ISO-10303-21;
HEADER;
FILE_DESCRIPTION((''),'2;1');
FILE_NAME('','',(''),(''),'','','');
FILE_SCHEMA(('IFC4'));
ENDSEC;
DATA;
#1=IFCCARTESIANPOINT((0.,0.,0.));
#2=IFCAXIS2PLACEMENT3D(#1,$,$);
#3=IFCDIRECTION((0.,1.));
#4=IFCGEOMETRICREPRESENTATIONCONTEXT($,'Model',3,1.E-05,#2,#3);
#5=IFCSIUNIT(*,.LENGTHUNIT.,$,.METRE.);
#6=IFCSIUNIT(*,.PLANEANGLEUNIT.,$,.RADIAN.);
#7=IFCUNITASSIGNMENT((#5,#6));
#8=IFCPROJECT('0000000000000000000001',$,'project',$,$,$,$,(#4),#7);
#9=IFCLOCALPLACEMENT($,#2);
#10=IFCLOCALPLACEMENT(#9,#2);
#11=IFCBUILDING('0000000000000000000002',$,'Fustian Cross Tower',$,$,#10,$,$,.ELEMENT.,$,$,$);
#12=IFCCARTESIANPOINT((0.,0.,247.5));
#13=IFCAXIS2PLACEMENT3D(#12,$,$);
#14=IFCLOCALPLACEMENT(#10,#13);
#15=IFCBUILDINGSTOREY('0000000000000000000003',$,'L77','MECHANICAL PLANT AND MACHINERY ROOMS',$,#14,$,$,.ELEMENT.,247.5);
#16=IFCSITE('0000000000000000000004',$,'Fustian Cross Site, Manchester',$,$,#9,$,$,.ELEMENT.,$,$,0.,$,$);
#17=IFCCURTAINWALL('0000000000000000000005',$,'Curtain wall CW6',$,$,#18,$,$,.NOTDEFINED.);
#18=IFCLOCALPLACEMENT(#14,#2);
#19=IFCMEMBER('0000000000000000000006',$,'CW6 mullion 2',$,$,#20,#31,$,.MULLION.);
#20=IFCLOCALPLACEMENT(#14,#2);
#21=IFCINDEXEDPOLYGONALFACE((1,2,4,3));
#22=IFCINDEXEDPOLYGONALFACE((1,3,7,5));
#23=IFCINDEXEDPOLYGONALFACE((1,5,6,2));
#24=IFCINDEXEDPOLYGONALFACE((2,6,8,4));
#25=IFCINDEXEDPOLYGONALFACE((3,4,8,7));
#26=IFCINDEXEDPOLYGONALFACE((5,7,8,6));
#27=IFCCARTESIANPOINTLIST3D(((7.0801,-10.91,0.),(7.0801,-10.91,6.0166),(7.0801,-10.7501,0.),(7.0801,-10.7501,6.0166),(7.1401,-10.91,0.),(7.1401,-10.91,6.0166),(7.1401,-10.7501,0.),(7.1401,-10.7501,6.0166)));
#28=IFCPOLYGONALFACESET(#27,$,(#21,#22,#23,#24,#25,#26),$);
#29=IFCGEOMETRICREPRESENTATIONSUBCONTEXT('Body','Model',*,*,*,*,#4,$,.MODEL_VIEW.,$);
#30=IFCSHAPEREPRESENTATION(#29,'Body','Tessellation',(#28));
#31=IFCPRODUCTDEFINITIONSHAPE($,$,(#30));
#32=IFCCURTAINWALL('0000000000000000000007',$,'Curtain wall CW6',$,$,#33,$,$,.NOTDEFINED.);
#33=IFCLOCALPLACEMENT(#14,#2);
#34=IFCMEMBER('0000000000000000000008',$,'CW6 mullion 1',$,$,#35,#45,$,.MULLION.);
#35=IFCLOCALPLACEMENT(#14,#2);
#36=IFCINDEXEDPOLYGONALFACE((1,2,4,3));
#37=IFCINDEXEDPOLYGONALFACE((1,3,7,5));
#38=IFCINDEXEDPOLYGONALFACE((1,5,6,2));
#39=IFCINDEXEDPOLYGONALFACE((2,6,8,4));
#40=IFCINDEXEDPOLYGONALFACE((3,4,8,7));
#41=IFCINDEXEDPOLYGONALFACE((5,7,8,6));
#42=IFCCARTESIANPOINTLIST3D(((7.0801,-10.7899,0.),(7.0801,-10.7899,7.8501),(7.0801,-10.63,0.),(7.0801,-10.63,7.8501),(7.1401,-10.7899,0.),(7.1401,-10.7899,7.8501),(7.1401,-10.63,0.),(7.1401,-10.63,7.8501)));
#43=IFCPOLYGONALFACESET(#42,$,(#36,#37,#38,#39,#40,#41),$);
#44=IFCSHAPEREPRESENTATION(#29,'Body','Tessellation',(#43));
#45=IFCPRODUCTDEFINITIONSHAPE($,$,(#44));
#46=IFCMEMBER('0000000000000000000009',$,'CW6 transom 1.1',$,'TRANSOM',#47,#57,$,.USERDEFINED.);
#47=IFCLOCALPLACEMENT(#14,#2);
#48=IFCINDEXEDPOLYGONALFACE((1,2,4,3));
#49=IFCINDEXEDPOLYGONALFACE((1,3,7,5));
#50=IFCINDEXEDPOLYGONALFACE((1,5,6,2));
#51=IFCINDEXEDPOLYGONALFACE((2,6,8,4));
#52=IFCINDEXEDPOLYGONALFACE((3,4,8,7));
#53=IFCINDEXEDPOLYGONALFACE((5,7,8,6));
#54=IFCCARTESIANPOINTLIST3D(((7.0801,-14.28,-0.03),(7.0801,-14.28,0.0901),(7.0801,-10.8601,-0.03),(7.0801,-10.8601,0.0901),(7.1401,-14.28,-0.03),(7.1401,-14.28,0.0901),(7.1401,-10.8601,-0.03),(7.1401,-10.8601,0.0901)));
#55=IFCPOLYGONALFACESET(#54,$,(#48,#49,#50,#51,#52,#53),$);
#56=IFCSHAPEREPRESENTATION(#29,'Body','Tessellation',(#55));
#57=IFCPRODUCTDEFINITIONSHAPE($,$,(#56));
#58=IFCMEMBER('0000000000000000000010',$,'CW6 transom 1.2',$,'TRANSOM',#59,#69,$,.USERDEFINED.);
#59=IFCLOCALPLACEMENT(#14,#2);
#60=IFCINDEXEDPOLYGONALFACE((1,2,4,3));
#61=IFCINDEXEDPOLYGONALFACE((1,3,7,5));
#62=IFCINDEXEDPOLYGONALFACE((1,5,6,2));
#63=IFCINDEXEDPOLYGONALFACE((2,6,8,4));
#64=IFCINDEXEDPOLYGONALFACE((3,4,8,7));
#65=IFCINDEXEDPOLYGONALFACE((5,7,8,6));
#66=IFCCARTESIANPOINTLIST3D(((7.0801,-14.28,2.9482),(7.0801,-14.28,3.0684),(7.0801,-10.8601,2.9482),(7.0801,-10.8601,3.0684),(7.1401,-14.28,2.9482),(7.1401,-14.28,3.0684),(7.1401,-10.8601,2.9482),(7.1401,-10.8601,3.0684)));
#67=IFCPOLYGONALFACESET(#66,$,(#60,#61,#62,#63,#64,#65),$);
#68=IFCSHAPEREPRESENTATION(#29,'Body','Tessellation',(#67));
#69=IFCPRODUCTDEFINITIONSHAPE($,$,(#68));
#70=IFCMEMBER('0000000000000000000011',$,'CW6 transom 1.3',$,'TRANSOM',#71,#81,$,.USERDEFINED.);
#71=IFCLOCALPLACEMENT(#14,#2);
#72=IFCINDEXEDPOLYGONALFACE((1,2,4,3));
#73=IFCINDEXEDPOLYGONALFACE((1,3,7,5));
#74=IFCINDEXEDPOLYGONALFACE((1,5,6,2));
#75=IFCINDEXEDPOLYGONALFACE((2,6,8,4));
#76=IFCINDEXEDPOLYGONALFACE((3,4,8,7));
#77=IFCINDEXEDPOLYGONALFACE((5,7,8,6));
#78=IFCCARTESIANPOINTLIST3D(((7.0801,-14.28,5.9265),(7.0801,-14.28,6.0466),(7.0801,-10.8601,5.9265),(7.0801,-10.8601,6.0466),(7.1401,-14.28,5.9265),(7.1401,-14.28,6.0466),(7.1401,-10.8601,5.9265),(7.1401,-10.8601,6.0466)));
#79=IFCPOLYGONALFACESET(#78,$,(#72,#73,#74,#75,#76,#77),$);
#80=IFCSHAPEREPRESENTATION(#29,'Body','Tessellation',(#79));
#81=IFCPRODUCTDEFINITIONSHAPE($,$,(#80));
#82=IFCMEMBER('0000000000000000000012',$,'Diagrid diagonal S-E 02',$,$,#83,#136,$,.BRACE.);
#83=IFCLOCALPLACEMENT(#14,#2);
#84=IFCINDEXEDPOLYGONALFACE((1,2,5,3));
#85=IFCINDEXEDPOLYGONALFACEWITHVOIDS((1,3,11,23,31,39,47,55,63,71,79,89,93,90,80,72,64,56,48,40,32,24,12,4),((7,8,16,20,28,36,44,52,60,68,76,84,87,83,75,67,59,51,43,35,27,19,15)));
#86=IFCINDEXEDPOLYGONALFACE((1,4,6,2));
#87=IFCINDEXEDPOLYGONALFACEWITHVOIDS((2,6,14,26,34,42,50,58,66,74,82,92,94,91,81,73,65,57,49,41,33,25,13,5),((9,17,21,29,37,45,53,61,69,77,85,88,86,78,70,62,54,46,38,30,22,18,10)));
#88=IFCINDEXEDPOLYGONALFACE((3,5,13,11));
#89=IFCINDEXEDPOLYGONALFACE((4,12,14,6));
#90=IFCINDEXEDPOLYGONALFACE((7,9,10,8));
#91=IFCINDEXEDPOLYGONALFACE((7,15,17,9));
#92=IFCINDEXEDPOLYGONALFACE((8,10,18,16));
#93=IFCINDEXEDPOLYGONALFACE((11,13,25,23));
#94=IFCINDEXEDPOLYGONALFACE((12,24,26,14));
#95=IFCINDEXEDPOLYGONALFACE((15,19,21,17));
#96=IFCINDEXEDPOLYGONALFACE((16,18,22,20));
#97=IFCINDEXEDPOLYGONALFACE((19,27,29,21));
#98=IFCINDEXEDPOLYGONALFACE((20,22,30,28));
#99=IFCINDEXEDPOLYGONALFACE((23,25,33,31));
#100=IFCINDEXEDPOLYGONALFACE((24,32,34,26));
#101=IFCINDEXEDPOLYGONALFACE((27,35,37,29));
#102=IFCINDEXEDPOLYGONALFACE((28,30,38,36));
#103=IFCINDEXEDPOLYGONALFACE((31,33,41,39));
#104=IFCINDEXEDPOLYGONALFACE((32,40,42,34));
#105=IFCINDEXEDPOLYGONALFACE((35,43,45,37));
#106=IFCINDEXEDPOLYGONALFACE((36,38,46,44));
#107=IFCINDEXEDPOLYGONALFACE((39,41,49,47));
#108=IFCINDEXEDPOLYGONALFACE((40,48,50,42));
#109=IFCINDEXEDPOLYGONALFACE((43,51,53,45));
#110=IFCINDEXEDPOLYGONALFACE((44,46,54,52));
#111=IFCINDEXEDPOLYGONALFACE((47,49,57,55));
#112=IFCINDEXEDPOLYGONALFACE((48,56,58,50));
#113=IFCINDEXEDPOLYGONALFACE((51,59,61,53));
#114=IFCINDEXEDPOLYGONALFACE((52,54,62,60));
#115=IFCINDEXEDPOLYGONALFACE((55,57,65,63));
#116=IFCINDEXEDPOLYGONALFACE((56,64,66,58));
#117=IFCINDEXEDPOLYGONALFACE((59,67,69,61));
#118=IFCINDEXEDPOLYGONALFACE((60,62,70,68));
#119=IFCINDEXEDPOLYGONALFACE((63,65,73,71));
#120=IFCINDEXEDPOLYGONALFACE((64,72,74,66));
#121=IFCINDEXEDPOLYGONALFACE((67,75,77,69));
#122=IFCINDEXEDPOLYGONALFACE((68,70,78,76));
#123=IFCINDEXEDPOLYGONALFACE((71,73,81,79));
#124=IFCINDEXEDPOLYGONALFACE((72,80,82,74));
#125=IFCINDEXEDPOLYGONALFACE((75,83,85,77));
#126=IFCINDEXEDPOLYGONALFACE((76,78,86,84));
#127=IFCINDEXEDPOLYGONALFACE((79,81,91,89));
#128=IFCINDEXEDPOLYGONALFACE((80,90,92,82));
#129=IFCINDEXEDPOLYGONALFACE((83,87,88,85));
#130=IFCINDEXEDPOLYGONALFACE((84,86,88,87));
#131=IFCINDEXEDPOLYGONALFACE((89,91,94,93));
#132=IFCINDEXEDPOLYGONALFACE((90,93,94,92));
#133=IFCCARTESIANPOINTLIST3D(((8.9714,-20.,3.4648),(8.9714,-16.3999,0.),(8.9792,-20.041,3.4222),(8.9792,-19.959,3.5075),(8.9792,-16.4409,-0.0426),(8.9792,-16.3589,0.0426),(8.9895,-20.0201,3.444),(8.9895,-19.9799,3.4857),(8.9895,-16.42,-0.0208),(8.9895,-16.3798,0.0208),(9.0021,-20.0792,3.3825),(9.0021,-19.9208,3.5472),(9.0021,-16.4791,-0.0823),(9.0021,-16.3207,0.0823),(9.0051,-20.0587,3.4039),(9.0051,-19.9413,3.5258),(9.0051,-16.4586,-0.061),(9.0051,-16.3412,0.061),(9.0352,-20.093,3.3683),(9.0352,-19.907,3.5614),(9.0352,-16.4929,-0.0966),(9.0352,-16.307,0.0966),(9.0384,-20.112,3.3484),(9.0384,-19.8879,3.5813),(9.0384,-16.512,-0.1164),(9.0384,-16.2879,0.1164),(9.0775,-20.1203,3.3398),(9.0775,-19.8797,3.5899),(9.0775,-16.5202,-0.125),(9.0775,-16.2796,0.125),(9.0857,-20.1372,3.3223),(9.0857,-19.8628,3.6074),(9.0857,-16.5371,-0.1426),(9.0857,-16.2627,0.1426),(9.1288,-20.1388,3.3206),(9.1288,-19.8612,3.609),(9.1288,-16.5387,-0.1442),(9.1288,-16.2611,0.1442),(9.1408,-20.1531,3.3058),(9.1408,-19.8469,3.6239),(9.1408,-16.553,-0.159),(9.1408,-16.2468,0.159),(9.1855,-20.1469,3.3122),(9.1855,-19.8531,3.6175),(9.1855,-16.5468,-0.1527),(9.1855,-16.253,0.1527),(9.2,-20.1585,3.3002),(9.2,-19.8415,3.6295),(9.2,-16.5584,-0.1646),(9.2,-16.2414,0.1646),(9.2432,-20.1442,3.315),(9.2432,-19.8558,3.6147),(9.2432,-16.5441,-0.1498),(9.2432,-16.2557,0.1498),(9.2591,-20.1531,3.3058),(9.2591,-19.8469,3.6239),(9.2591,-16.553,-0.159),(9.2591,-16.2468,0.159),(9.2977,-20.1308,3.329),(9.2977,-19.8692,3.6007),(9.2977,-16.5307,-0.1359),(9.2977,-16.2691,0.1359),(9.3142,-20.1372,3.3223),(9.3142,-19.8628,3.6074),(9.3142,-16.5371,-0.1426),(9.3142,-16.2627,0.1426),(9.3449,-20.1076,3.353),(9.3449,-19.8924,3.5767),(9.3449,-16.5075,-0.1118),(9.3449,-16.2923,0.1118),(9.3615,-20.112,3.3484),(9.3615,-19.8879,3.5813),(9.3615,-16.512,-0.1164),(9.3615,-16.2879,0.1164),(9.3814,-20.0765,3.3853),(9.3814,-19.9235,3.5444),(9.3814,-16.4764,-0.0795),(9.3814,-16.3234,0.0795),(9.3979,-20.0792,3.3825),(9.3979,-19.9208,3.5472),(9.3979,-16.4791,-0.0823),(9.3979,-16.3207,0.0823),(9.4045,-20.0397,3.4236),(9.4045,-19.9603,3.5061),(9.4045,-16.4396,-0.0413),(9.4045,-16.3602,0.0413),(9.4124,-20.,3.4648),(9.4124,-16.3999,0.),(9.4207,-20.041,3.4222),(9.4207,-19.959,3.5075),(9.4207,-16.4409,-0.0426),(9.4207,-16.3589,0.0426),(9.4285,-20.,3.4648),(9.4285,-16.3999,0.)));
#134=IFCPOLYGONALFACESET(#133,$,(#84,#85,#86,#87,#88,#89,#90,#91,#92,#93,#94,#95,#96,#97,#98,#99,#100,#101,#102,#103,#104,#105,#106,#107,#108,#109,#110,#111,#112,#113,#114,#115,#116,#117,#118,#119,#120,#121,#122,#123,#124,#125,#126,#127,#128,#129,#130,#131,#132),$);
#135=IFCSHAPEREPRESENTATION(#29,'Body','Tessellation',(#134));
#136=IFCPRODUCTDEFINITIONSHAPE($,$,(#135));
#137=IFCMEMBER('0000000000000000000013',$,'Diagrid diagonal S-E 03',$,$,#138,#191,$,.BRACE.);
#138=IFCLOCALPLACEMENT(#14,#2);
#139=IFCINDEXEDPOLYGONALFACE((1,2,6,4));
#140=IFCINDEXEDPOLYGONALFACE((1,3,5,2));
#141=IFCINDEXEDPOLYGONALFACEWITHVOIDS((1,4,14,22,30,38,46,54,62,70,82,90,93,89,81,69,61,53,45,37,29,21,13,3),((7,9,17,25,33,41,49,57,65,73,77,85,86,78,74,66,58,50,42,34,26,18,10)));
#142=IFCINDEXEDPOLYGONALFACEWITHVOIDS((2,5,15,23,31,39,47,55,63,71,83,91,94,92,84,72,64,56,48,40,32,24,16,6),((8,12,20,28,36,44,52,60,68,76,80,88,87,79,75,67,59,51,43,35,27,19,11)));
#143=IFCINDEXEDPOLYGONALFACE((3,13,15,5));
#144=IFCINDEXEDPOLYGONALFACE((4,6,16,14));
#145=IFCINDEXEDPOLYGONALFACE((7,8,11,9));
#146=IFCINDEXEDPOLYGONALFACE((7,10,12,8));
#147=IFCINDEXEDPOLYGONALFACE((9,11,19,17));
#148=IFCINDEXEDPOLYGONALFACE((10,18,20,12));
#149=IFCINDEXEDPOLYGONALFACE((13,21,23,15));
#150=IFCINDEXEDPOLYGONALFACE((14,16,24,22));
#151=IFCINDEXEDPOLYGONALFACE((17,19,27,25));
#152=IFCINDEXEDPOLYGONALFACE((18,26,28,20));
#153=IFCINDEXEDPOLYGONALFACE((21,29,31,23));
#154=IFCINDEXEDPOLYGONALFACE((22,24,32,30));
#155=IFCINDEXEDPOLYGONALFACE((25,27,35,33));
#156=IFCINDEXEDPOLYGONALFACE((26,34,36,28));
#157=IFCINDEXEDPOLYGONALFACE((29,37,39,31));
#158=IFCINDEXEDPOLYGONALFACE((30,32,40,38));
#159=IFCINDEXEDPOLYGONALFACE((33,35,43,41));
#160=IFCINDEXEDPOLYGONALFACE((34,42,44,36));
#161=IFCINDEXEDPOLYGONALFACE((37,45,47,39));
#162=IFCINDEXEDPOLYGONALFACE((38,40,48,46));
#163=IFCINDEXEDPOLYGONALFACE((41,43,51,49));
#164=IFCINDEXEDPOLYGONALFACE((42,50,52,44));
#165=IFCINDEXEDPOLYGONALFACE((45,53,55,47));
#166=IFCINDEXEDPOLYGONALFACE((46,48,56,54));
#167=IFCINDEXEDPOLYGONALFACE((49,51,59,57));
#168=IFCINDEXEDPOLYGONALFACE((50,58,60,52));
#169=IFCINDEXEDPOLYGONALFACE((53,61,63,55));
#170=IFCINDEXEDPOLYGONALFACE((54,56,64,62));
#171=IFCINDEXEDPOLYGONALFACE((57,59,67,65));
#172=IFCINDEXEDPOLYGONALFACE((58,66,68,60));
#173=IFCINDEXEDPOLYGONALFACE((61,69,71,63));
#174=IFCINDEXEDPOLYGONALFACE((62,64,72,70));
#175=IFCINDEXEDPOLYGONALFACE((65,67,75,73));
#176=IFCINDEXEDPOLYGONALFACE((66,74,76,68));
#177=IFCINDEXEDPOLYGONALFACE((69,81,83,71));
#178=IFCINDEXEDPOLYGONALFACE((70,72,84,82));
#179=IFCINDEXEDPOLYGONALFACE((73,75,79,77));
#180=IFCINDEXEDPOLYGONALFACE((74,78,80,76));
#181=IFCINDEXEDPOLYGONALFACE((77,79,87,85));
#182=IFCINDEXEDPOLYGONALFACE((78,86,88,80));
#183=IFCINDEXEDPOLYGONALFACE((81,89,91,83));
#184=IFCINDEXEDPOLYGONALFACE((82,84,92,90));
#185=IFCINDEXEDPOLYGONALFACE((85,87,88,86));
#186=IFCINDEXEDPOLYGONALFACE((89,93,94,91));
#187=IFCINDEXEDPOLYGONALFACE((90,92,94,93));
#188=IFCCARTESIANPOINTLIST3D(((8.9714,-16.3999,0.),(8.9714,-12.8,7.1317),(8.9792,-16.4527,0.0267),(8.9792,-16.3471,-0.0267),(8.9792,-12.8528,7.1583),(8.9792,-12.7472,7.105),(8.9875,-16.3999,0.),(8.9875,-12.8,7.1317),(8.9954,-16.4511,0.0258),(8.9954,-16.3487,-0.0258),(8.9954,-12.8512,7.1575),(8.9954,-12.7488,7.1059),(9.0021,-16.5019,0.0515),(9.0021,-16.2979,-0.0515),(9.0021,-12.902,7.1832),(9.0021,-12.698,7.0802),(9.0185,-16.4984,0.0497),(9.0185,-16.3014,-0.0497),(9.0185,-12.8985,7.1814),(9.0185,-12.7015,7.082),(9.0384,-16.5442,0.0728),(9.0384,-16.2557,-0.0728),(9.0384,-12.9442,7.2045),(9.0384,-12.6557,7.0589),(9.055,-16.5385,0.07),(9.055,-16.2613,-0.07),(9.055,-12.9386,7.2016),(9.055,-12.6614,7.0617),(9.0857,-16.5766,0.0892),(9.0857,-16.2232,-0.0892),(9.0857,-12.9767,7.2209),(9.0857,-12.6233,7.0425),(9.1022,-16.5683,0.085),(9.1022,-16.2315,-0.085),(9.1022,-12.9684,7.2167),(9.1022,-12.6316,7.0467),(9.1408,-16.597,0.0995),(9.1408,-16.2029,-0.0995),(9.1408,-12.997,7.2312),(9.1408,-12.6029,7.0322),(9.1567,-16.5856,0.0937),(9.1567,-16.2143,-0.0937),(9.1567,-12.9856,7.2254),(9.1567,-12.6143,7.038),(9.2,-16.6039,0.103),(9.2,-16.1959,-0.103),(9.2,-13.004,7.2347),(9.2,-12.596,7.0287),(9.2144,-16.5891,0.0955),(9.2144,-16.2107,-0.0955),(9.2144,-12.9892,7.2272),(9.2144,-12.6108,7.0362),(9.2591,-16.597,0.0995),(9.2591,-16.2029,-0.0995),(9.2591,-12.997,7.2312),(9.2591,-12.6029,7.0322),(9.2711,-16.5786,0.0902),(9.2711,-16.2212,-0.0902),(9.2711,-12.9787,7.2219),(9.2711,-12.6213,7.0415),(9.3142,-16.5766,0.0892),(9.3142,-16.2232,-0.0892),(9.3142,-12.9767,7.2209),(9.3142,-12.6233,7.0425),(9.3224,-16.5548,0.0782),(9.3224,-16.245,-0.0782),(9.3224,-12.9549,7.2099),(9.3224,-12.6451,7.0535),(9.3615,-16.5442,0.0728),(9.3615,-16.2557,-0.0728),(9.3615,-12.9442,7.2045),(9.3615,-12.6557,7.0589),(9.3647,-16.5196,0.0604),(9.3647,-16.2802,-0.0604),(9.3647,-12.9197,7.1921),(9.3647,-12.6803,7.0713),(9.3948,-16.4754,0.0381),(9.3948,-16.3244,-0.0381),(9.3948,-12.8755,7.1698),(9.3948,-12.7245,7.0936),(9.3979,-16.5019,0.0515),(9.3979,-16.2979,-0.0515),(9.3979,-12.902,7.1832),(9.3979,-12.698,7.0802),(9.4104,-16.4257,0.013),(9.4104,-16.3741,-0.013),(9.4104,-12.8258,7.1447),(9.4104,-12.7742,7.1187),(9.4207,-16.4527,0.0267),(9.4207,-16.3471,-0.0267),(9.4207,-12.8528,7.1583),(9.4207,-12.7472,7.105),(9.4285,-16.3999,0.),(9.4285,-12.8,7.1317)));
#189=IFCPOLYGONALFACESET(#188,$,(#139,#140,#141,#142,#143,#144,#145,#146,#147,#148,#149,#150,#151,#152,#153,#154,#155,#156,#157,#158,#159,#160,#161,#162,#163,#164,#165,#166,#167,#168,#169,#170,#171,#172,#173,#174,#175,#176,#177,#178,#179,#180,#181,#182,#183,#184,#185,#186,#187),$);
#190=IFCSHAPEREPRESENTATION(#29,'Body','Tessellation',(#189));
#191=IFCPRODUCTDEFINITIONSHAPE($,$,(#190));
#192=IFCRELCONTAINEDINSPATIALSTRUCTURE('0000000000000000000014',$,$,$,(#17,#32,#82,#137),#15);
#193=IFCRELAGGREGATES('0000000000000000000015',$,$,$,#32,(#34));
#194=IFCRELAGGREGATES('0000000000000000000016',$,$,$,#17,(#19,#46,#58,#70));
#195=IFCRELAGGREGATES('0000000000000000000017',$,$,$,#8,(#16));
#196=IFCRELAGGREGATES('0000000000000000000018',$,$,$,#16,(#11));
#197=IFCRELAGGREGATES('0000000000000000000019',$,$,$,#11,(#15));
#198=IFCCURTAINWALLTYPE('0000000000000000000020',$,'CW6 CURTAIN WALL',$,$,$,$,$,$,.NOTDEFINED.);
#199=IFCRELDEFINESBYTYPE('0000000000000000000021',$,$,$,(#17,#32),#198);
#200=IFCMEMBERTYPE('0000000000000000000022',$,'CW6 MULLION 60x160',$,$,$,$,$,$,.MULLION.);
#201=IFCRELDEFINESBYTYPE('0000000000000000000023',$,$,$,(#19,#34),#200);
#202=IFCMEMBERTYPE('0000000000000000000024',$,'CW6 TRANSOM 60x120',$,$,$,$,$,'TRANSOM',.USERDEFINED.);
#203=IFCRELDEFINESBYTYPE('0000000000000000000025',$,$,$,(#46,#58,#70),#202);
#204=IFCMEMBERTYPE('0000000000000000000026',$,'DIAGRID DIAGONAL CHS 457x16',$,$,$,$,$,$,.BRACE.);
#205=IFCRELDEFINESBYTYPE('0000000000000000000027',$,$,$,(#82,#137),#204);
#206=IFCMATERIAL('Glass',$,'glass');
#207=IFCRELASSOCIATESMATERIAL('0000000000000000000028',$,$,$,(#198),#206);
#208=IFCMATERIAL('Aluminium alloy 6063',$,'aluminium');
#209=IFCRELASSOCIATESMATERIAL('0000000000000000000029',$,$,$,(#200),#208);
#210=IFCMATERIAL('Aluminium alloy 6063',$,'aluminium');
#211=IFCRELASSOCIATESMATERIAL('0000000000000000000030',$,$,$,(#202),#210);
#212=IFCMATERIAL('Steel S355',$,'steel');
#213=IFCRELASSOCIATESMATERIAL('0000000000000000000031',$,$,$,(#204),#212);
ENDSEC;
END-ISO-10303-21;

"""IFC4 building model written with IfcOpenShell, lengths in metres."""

from ifc_helpers import new_model, si_unit, direction, frame, origin, origin_2d, place, context, subcontext, project, spatial, rectangle, hollow_circle, extrude, material, material_profile, profile_set, type_object, element, aggregate, save


model = new_model("IFC4")

# Units and contexts
model_context = context("Model", 3, precision=1e-05, world=origin(), true_north=direction((0.0, 1.0)))
body_context = subcontext(model_context, "Body", "Model", "MODEL_VIEW")
ifc_project = project(units=[si_unit("LENGTHUNIT", "METRE"), si_unit("PLANEANGLEUNIT", "RADIAN")], contexts=[model_context])

# Site, building, storey
site_placement = place(None, origin())
site = spatial("IfcSite", under=ifc_project, at=site_placement, Name="Fustian Cross Site, Manchester", CompositionType="ELEMENT", RefElevation=0.0)
building_placement = place(site_placement, origin())
building = spatial("IfcBuilding", under=site, at=building_placement, Name="Fustian Cross Tower", CompositionType="ELEMENT")
storey_placement = place(building_placement, frame((0.0, 0.0, 247.5)))
storey = spatial("IfcBuildingStorey", under=building, at=storey_placement, Name="L77", Description="MECHANICAL PLANT AND MACHINERY ROOMS", CompositionType="ELEMENT", Elevation=247.5)

# Shared definitions
ifc_material_1 = material(Name="Glass", Category="glass")
curtain_wall_type = type_object("IfcCurtainWallType", Name="CW6 CURTAIN WALL", PredefinedType="NOTDEFINED", material=ifc_material_1)
ifc_material_2 = material(Name="Aluminium alloy 6063", Category="aluminium")
ifc_material_profile_1 = material_profile(ifc_material_2, rectangle(XDim=0.0601, YDim=0.1599, at=origin_2d()), Name="CW6 MULLION 60x160")
ifc_profile_set_1 = profile_set([ifc_material_profile_1], Name="Aluminium alloy 6063")
member_type_1 = type_object("IfcMemberType", Name="CW6 MULLION 60x160", PredefinedType="MULLION", material=ifc_profile_set_1)

# Curtain wall, member
curtain_wall_1_placement = place(storey_placement, origin())
curtain_wall_1 = element("IfcCurtainWall", 1, at=curtain_wall_1_placement, inside=storey, type_object=curtain_wall_type, Name="Curtain wall CW6", PredefinedType="NOTDEFINED")
member_1_placement = place(storey_placement, frame((7.1101, -10.8301, 0.0), z_axis=(0.0, 0.0, 1.0), x_axis=(-1.0, 0.0, 0.0)))
member_1 = element("IfcMember", 2, at=member_1_placement, type_object=member_type_1, Name="CW6 mullion 2", PredefinedType="MULLION", context=body_context, shape_type="SweptSolid", body=[
    extrude(rectangle(XDim=0.0601, YDim=0.1599, at=origin_2d()), origin(), (0.0, 0.0, 1.0), 6.0166),
])

# Curtain wall, member
curtain_wall_2_placement = place(storey_placement, origin())
curtain_wall_2 = element("IfcCurtainWall", 3, at=curtain_wall_2_placement, inside=storey, type_object=curtain_wall_type, Name="Curtain wall CW6", PredefinedType="NOTDEFINED")
member_2_placement = place(storey_placement, frame((7.1101, -10.71, 0.0), z_axis=(0.0, 0.0, 1.0), x_axis=(-1.0, 0.0, 0.0)))
member_2 = element("IfcMember", 4, at=member_2_placement, type_object=member_type_1, Name="CW6 mullion 1", PredefinedType="MULLION", context=body_context, shape_type="SweptSolid", body=[
    extrude(rectangle(XDim=0.0601, YDim=0.1599, at=origin_2d()), origin(), (0.0, 0.0, 1.0), 7.8501),
])
aggregate(curtain_wall_2, [member_2])

# Members
ifc_material_3 = material(Name="Aluminium alloy 6063", Category="aluminium")
ifc_material_profile_2 = material_profile(ifc_material_3, rectangle(XDim=0.0601, YDim=0.1201, at=origin_2d()), Name="CW6 TRANSOM 60x120")
ifc_profile_set_2 = profile_set([ifc_material_profile_2], Name="Aluminium alloy 6063")
member_type_2 = type_object("IfcMemberType", Name="CW6 TRANSOM 60x120", ElementType="TRANSOM", PredefinedType="USERDEFINED", material=ifc_profile_set_2)
member_3_placement = place(storey_placement, frame((7.1101, -14.28, 0.03), z_axis=(0.0, 1.0, 0.0), x_axis=(-1.0, 0.0, 0.0)))
member_3 = element("IfcMember", 5, at=member_3_placement, type_object=member_type_2, Name="CW6 transom 1.1", ObjectType="TRANSOM", PredefinedType="USERDEFINED", context=body_context, shape_type="SweptSolid", body=[
    extrude(rectangle(XDim=0.0601, YDim=0.1201, at=origin_2d()), origin(), (0.0, 0.0, 1.0), 3.4199),
])
member_4_placement = place(storey_placement, frame((7.1101, -14.28, 3.0083), z_axis=(0.0, 1.0, 0.0), x_axis=(-1.0, 0.0, 0.0)))
member_4 = element("IfcMember", 6, at=member_4_placement, type_object=member_type_2, Name="CW6 transom 1.2", ObjectType="TRANSOM", PredefinedType="USERDEFINED", context=body_context, shape_type="SweptSolid", body=[
    extrude(rectangle(XDim=0.0601, YDim=0.1201, at=origin_2d()), origin(), (0.0, 0.0, 1.0), 3.4199),
])
member_5_placement = place(storey_placement, frame((7.1101, -14.28, 5.9866), z_axis=(0.0, 1.0, 0.0), x_axis=(-1.0, 0.0, 0.0)))
member_5 = element("IfcMember", 7, at=member_5_placement, type_object=member_type_2, Name="CW6 transom 1.3", ObjectType="TRANSOM", PredefinedType="USERDEFINED", context=body_context, shape_type="SweptSolid", body=[
    extrude(rectangle(XDim=0.0601, YDim=0.1201, at=origin_2d()), origin(), (0.0, 0.0, 1.0), 3.4199),
])

# Members
ifc_material_4 = material(Name="Steel S355", Category="steel")
ifc_material_profile_3 = material_profile(ifc_material_4, hollow_circle(Radius=0.2285, WallThickness=0.0161, at=origin_2d()), Name="CHS 457x16")
ifc_profile_set_3 = profile_set([ifc_material_profile_3], Name="Steel S355")
member_type_3 = type_object("IfcMemberType", Name="DIAGRID DIAGONAL CHS 457x16", PredefinedType="BRACE", material=ifc_profile_set_3)
member_6_placement = place(storey_placement, frame((9.2, -16.3999, 0.0), z_axis=(0.0, -0.720512, 0.693443), x_axis=(1.0, 0.0, 0.0)))
element("IfcMember", 8, at=member_6_placement, inside=storey, type_object=member_type_3, Name="Diagrid diagonal S-E 02", PredefinedType="BRACE", context=body_context, shape_type="SweptSolid", body=[
    extrude(hollow_circle(Radius=0.2285, WallThickness=0.0161, at=origin_2d()), origin(), (0.0, 0.0, 1.0), 4.9966),
])
member_7_placement = place(storey_placement, frame((9.2, -16.3999, 0.0), z_axis=(0.0, 0.450621, 0.892715), x_axis=(-1.0, 0.0, 0.0)))
element("IfcMember", 9, at=member_7_placement, inside=storey, type_object=member_type_3, Name="Diagrid diagonal S-E 03", PredefinedType="BRACE", context=body_context, shape_type="SweptSolid", body=[
    extrude(hollow_circle(Radius=0.2285, WallThickness=0.0161, at=origin_2d()), origin(), (0.0, 0.0, 1.0), 7.9888),
])

aggregate(curtain_wall_1, [member_1, member_3, member_4, member_5])

save(model, "model.ifc")
